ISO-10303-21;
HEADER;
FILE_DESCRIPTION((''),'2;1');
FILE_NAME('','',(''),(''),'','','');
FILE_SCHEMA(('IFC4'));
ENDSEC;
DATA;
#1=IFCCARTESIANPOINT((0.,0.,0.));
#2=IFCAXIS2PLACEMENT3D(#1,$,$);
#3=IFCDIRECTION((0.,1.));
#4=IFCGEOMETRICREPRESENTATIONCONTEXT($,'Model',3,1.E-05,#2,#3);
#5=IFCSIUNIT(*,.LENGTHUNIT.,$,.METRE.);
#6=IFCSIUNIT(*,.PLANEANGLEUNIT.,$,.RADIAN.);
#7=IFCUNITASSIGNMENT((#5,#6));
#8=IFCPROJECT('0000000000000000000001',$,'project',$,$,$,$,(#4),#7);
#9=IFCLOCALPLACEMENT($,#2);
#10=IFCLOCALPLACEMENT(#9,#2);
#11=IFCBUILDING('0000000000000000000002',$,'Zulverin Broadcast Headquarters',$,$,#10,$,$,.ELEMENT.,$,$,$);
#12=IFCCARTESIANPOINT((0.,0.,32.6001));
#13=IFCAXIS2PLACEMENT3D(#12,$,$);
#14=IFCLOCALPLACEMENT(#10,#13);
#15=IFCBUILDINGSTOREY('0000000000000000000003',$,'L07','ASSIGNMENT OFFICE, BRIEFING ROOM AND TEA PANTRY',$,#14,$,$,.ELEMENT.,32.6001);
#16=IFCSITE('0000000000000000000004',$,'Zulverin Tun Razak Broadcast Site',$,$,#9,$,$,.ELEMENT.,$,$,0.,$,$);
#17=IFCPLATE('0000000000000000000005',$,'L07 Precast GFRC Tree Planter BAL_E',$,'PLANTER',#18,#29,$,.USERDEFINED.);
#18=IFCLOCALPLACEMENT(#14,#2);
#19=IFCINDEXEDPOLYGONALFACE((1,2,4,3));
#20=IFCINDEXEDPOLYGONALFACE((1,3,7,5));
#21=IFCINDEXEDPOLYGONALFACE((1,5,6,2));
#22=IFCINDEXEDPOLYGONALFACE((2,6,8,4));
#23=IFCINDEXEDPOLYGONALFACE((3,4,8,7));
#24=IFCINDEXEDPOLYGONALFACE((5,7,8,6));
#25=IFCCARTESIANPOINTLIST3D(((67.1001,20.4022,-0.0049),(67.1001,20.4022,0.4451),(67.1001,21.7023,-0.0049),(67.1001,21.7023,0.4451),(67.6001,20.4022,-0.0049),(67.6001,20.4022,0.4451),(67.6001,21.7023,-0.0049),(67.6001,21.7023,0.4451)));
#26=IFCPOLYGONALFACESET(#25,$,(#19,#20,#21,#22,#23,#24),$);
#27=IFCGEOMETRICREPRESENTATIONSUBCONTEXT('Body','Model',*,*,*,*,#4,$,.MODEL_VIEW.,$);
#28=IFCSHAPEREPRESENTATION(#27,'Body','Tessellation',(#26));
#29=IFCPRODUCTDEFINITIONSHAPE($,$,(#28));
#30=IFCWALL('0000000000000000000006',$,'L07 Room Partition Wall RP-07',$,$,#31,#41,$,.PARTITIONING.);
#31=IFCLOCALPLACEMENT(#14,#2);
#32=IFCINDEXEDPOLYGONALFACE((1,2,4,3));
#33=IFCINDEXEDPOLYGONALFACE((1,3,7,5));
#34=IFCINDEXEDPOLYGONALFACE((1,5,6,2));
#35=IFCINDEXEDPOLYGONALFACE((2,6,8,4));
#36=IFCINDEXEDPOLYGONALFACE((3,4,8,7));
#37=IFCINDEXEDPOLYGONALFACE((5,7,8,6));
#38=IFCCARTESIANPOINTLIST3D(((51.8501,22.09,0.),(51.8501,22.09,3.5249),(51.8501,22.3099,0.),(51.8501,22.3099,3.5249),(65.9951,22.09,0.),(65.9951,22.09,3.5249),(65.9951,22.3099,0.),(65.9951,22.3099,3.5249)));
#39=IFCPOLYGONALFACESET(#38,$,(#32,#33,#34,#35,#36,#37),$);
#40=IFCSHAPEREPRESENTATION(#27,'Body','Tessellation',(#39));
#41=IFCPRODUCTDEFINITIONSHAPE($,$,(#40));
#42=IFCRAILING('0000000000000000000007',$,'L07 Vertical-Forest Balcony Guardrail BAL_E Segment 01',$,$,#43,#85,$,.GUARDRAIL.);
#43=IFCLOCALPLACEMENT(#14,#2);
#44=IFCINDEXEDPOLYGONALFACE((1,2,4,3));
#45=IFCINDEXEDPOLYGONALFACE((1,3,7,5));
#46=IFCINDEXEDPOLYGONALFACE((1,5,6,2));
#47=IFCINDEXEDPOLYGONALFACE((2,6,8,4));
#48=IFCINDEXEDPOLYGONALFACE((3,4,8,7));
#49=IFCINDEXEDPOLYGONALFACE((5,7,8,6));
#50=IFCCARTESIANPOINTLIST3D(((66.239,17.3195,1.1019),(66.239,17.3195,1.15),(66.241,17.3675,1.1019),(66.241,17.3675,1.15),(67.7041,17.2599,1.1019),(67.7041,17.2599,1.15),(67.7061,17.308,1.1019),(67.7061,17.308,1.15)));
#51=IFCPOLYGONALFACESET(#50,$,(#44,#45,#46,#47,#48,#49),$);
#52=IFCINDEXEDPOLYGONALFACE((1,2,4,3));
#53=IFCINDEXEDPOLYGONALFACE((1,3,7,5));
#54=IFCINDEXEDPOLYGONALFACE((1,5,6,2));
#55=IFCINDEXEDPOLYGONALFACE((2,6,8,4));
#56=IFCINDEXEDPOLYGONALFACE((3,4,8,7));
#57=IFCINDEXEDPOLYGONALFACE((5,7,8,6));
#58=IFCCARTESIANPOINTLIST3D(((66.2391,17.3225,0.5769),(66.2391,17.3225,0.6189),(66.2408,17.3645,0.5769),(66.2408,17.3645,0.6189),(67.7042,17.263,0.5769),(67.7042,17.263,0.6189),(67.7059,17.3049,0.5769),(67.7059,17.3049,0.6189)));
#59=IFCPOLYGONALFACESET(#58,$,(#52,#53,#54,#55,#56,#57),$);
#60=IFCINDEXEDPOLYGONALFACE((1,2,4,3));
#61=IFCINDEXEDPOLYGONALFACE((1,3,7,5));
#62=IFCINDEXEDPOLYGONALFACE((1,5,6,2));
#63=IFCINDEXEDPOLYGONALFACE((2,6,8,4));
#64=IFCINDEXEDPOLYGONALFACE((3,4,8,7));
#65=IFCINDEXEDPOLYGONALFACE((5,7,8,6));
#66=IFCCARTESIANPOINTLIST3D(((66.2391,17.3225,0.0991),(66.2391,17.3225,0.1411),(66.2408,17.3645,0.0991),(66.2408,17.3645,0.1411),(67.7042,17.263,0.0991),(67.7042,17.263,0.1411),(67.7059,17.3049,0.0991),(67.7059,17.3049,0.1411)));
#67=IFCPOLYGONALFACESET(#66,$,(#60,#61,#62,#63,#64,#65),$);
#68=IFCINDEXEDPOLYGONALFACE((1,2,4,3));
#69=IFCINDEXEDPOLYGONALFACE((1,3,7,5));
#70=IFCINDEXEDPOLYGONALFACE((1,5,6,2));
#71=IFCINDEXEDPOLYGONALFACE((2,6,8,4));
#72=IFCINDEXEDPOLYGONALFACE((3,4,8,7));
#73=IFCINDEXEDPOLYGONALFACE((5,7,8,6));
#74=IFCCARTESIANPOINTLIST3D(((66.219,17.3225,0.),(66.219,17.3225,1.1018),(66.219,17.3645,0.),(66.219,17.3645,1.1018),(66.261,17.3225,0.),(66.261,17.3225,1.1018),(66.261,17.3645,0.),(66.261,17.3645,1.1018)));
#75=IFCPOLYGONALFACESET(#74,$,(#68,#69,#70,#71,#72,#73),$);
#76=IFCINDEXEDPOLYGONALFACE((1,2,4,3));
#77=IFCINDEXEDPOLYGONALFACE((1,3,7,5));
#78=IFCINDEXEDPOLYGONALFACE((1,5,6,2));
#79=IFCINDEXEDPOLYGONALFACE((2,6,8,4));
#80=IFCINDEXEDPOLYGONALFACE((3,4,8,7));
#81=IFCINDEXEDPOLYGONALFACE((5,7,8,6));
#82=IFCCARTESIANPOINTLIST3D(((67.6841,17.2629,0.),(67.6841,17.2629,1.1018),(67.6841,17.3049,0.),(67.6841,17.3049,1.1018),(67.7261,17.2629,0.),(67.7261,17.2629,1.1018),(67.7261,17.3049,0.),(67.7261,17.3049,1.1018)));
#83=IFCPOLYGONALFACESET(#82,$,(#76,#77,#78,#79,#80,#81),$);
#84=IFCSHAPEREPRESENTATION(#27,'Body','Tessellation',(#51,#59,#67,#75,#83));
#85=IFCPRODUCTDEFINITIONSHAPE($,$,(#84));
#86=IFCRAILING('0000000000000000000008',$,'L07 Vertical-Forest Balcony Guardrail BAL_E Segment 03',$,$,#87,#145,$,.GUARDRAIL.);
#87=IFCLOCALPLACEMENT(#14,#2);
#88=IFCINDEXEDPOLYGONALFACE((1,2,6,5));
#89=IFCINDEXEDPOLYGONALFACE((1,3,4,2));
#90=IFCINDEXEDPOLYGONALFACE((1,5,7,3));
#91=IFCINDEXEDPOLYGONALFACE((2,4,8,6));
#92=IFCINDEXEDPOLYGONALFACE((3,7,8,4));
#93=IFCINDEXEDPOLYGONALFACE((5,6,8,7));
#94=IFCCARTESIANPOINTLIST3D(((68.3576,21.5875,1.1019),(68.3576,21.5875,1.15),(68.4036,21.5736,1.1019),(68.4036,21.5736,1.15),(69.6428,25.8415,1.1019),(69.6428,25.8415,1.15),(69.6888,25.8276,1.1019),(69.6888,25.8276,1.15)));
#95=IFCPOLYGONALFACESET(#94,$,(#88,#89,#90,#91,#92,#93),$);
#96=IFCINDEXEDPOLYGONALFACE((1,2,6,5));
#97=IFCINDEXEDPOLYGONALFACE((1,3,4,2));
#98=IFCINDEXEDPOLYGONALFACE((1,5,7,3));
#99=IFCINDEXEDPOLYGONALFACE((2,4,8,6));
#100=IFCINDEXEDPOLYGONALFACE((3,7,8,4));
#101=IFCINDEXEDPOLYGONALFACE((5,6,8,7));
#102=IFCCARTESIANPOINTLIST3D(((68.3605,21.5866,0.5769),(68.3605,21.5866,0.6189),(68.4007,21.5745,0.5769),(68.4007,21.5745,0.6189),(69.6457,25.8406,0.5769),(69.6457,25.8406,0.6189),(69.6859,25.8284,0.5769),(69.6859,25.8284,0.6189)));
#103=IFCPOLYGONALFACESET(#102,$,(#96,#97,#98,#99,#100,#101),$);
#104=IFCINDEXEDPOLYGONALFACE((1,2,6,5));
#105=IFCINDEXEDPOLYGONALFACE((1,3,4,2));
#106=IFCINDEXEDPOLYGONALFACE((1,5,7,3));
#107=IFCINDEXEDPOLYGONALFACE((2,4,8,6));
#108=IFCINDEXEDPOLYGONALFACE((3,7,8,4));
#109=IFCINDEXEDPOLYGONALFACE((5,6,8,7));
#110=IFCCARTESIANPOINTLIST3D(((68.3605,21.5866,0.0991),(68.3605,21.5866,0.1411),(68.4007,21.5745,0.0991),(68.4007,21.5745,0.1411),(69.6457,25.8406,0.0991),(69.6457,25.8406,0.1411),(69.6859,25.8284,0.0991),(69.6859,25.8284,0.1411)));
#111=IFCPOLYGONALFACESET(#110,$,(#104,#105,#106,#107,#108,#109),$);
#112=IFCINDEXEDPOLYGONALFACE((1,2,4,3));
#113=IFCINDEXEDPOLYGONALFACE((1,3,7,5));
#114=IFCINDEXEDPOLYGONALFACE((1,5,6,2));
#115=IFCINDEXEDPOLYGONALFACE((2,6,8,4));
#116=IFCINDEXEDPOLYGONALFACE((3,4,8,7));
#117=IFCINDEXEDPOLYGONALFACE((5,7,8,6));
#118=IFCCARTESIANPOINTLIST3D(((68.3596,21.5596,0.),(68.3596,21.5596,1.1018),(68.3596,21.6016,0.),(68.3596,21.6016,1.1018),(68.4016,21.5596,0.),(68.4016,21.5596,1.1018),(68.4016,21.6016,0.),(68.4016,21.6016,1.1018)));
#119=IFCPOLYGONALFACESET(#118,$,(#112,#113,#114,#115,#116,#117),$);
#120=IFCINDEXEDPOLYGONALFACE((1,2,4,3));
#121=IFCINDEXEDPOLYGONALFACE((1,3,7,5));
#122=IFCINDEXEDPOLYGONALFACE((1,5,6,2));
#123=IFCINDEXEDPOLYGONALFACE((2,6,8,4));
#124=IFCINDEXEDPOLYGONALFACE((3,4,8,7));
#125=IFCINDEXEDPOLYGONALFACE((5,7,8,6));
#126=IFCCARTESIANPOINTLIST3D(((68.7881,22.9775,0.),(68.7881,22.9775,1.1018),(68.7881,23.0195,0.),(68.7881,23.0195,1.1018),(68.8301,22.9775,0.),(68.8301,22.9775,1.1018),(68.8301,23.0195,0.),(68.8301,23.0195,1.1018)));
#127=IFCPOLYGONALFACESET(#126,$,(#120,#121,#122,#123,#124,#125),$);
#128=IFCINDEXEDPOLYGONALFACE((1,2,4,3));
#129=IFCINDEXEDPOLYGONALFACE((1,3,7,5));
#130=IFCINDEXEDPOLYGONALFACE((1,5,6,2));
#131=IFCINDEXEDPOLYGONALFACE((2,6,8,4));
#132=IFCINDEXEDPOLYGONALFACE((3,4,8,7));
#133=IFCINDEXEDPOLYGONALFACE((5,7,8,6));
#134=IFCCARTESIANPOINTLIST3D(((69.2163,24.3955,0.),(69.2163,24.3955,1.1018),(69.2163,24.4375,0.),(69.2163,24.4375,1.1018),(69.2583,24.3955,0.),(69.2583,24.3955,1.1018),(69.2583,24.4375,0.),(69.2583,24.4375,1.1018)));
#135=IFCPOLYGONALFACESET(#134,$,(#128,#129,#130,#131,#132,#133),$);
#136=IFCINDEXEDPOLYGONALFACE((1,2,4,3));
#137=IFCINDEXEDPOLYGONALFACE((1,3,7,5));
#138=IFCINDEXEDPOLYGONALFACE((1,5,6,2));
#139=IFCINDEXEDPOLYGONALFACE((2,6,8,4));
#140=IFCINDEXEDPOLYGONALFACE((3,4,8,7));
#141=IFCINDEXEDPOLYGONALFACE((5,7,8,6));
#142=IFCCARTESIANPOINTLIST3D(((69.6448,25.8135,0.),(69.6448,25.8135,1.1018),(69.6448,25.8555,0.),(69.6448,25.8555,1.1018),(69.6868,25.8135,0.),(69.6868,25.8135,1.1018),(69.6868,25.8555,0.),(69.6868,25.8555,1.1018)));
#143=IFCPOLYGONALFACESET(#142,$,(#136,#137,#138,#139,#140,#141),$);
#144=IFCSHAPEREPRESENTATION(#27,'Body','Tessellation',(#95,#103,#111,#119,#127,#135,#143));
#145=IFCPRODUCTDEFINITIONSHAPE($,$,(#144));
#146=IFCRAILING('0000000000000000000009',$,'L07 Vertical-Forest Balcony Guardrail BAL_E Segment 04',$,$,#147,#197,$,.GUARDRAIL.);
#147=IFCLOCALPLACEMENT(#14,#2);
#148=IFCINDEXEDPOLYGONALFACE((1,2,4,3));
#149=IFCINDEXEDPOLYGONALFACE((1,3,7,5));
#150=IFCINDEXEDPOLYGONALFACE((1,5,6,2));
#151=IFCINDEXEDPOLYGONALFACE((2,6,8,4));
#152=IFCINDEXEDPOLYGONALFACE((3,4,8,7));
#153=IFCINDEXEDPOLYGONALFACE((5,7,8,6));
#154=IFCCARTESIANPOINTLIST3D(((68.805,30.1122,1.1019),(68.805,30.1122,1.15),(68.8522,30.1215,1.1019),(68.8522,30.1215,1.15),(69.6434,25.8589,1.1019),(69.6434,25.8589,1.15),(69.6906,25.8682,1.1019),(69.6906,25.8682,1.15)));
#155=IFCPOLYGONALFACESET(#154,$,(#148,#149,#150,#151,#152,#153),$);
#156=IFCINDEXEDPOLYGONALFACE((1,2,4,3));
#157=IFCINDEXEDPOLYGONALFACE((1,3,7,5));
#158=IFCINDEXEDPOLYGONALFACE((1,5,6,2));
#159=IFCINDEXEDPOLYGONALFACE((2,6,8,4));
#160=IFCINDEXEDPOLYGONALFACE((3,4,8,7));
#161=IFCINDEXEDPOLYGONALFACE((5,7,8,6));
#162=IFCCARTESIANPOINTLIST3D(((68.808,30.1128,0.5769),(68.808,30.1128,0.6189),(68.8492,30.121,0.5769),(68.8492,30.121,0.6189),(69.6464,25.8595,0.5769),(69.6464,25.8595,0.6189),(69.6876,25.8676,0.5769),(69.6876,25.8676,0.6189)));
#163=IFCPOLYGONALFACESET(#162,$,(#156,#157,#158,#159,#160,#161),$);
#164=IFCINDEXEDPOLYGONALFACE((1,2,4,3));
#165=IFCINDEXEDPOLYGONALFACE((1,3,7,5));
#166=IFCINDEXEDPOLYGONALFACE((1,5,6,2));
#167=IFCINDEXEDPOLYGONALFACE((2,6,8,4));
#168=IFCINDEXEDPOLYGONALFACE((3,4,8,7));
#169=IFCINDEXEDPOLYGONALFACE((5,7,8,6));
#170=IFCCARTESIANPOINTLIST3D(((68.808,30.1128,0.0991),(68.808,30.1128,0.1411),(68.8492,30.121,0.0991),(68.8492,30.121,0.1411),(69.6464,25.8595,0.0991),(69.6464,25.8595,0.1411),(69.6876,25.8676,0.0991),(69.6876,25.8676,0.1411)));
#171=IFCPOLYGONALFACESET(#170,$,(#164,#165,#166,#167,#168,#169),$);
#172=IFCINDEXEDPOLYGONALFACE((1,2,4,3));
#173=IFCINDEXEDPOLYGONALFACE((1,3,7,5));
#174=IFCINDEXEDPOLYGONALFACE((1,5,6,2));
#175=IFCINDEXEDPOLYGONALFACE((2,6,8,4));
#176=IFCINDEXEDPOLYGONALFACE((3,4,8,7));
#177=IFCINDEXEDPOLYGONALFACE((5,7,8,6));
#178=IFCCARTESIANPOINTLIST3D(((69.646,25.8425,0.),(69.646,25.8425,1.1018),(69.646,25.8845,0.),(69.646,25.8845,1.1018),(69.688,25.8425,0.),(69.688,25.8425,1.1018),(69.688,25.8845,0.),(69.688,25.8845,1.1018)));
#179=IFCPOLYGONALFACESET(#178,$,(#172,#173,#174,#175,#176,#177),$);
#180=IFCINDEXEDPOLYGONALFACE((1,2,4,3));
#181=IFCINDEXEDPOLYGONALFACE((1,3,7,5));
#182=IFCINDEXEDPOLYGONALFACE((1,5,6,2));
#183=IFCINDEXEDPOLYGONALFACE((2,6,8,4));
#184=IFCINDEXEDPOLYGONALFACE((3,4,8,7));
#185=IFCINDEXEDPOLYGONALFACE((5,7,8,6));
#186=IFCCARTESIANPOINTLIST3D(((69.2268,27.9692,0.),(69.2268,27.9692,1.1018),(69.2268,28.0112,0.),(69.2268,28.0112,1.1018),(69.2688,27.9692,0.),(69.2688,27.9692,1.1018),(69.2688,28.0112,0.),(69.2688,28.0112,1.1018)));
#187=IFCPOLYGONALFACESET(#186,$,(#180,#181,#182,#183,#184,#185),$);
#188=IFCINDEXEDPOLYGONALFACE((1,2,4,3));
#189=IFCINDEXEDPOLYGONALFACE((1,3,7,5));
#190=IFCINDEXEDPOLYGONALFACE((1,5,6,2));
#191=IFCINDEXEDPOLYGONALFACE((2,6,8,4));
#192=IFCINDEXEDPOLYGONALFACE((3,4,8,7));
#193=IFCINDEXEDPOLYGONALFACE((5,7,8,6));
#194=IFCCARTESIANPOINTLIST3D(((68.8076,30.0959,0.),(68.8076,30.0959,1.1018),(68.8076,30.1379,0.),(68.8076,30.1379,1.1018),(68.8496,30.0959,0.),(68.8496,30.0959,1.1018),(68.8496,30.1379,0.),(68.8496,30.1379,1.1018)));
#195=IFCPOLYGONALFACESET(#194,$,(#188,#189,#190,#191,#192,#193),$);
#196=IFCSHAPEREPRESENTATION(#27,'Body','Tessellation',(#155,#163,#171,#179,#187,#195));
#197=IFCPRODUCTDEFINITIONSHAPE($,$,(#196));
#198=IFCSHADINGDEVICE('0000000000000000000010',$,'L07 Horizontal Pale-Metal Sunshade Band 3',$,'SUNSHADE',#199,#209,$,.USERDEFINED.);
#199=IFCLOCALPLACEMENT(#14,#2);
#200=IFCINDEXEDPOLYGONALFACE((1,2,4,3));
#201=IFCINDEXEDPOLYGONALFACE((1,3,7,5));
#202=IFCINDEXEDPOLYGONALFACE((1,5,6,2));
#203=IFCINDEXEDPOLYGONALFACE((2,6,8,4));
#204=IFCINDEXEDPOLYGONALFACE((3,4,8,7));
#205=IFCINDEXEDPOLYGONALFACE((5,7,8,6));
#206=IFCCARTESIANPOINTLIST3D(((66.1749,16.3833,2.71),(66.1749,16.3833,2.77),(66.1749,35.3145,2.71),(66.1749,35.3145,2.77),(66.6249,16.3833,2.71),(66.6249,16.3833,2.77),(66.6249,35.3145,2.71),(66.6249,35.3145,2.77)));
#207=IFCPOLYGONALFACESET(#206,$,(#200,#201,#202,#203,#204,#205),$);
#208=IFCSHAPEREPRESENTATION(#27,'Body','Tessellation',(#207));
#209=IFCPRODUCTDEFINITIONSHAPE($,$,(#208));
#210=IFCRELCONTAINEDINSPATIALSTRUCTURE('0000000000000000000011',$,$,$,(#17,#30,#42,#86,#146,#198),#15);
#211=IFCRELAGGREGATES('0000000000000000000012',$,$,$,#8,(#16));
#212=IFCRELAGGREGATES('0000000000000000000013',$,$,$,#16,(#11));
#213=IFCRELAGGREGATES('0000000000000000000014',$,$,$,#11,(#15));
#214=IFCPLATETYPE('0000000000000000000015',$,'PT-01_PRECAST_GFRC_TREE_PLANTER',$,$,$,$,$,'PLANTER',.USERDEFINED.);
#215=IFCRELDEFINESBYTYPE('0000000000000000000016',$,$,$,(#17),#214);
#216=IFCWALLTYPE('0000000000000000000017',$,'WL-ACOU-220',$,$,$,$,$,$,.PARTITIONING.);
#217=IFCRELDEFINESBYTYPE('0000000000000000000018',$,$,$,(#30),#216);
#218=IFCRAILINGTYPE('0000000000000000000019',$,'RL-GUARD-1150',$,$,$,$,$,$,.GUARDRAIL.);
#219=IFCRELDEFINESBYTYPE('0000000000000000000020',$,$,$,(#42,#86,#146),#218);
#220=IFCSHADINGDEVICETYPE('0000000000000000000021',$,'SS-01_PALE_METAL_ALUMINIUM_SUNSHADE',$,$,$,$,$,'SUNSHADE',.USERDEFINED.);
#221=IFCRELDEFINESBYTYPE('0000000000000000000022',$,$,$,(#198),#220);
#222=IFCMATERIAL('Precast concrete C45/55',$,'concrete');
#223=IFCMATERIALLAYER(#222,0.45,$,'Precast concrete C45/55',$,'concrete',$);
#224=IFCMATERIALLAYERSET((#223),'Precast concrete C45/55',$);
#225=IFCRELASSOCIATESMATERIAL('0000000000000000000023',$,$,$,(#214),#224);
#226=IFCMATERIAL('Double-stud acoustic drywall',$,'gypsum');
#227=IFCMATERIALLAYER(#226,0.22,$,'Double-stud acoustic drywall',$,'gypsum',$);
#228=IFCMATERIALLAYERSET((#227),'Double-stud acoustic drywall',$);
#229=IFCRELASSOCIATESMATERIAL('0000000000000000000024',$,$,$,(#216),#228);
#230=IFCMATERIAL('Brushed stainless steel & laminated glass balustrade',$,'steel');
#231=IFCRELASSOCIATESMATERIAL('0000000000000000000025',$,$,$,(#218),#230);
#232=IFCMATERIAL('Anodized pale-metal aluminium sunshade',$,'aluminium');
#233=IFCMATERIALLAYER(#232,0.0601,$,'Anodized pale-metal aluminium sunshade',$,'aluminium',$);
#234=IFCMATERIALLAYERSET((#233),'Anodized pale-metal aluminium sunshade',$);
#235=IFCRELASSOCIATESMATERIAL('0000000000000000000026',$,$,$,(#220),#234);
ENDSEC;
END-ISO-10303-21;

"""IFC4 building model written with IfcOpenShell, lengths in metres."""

from ifc_helpers import new_model, si_unit, direction, frame, frame_2d, origin, origin_2d, place, context, subcontext, project, spatial, rectangle, extrude, material, layer, layer_set, type_object, element, save


model = new_model("IFC4")

# Units and contexts
model_context = context("Model", 3, precision=1e-05, world=origin(), true_north=direction((0.0, 1.0)))
body_context = subcontext(model_context, "Body", "Model", "MODEL_VIEW")
ifc_project = project(units=[si_unit("LENGTHUNIT", "METRE"), si_unit("PLANEANGLEUNIT", "RADIAN")], contexts=[model_context])

# Site, building, storey
site_placement = place(None, origin())
site = spatial("IfcSite", under=ifc_project, at=site_placement, Name="Zulverin Tun Razak Broadcast Site", CompositionType="ELEMENT", RefElevation=0.0)
building_placement = place(site_placement, origin())
building = spatial("IfcBuilding", under=site, at=building_placement, Name="Zulverin Broadcast Headquarters", CompositionType="ELEMENT")
storey_placement = place(building_placement, frame((0.0, 0.0, 32.6001)))
storey = spatial("IfcBuildingStorey", under=building, at=storey_placement, Name="L07", Description="ASSIGNMENT OFFICE, BRIEFING ROOM AND TEA PANTRY", CompositionType="ELEMENT", Elevation=32.6001)

# Plate
ifc_material_1 = material(Name="Precast concrete C45/55", Category="concrete")
ifc_layer_1 = layer(ifc_material_1, 0.45, Name="Precast concrete C45/55", Category="concrete")
ifc_layer_set_1 = layer_set([ifc_layer_1], Name="Precast concrete C45/55")
plate_type = type_object("IfcPlateType", Name="PT-01_PRECAST_GFRC_TREE_PLANTER", ElementType="PLANTER", PredefinedType="USERDEFINED", material=ifc_layer_set_1)
plate_placement = place(storey_placement, frame((67.3501, 21.0522, -0.0049), z_axis=(0.0, 0.0, 1.0), x_axis=(0.0, 1.0, 0.0)))
element("IfcPlate", 1, at=plate_placement, inside=storey, type_object=plate_type, Name="L07 Precast GFRC Tree Planter BAL_E", ObjectType="PLANTER", PredefinedType="USERDEFINED", context=body_context, shape_type="SweptSolid", body=[
    extrude(rectangle(XDim=1.3, YDim=0.5, at=origin_2d()), origin(), (0.0, 0.0, 1.0), 0.45),
])

# Wall
ifc_material_2 = material(Name="Double-stud acoustic drywall", Category="gypsum")
ifc_layer_2 = layer(ifc_material_2, 0.22, Name="Double-stud acoustic drywall", Category="gypsum")
ifc_layer_set_2 = layer_set([ifc_layer_2], Name="Double-stud acoustic drywall")
wall_type_1 = type_object("IfcWallType", Name="WL-ACOU-220", PredefinedType="PARTITIONING", material=ifc_layer_set_2)
wall_1_placement = place(storey_placement, frame((51.8501, 22.2, 0.0), z_axis=(0.0, 0.0, 1.0), x_axis=(1.0, 0.0, 0.0)))
element("IfcWall", 2, at=wall_1_placement, inside=storey, type_object=wall_type_1, Name="L07 Room Partition Wall RP-07", PredefinedType="PARTITIONING", context=body_context, shape_type="SweptSolid", body=[
    extrude(rectangle(XDim=14.145, YDim=0.22, at=frame_2d((7.0725, 0.0))), origin(), (0.0, 0.0, 1.0), 3.5249),
])

# Railings
ifc_material_3 = material(Name="Brushed stainless steel & laminated glass balustrade", Category="steel")
railing_type = type_object("IfcRailingType", Name="RL-GUARD-1150", PredefinedType="GUARDRAIL", material=ifc_material_3)
railing_1_placement = place(storey_placement, frame((66.24, 17.3435, 0.0)))
element("IfcRailing", 3, at=railing_1_placement, inside=storey, type_object=railing_type, Name="L07 Vertical-Forest Balcony Guardrail BAL_E Segment 01", PredefinedType="GUARDRAIL", context=body_context, shape_type="SweptSolid", body=[
    extrude(rectangle(XDim=0.0481, YDim=0.0481, at=origin_2d()), frame((0.0, 0.0, 1.126), z_axis=(0.999174, -0.040626, 0.0), x_axis=(0.040626, 0.999174, 0.0)), (0.0, 0.0, 1.0), 1.4663),
    extrude(rectangle(XDim=0.042, YDim=0.042, at=origin_2d()), frame((0.0, 0.0, 0.5979), z_axis=(0.999174, -0.040626, 0.0), x_axis=(0.040626, 0.999174, 0.0)), (0.0, 0.0, 1.0), 1.4663),
    extrude(rectangle(XDim=0.042, YDim=0.042, at=origin_2d()), frame((0.0, 0.0, 0.1201), z_axis=(0.999174, -0.040626, 0.0), x_axis=(0.040626, 0.999174, 0.0)), (0.0, 0.0, 1.0), 1.4663),
    extrude(rectangle(XDim=0.042, YDim=0.042, at=origin_2d()), origin(), (0.0, 0.0, 1.0), 1.1018),
    extrude(rectangle(XDim=0.042, YDim=0.042, at=origin_2d()), frame((1.4651, -0.0596, 0.0)), (0.0, 0.0, 1.0), 1.1018),
])
railing_2_placement = place(storey_placement, frame((68.3806, 21.5806, 0.0)))
element("IfcRailing", 4, at=railing_2_placement, inside=storey, type_object=railing_type, Name="L07 Vertical-Forest Balcony Guardrail BAL_E Segment 03", PredefinedType="GUARDRAIL", context=body_context, shape_type="SweptSolid", body=[
    extrude(rectangle(XDim=0.0481, YDim=0.0481, at=origin_2d()), frame((0.0, 0.0, 1.126), z_axis=(0.289202, 0.957268, 0.0), x_axis=(-0.957268, 0.289202, 0.0)), (0.0, 0.0, 1.0), 4.4438),
    extrude(rectangle(XDim=0.042, YDim=0.042, at=origin_2d()), frame((0.0, 0.0, 0.5979), z_axis=(0.289202, 0.957268, 0.0), x_axis=(-0.957268, 0.289202, 0.0)), (0.0, 0.0, 1.0), 4.4438),
    extrude(rectangle(XDim=0.042, YDim=0.042, at=origin_2d()), frame((0.0, 0.0, 0.1201), z_axis=(0.289202, 0.957268, 0.0), x_axis=(-0.957268, 0.289202, 0.0)), (0.0, 0.0, 1.0), 4.4438),
    extrude(rectangle(XDim=0.042, YDim=0.042, at=origin_2d()), origin(), (0.0, 0.0, 1.0), 1.1018),
    extrude(rectangle(XDim=0.042, YDim=0.042, at=origin_2d()), frame((0.4285, 1.418, 0.0)), (0.0, 0.0, 1.0), 1.1018),
    extrude(rectangle(XDim=0.042, YDim=0.042, at=origin_2d()), frame((0.8567, 2.8359, 0.0)), (0.0, 0.0, 1.0), 1.1018),
    extrude(rectangle(XDim=0.042, YDim=0.042, at=origin_2d()), frame((1.2852, 4.2539, 0.0)), (0.0, 0.0, 1.0), 1.1018),
])
railing_3_placement = place(storey_placement, frame((69.667, 25.8635, 0.0)))
element("IfcRailing", 5, at=railing_3_placement, inside=storey, type_object=railing_type, Name="L07 Vertical-Forest Balcony Guardrail BAL_E Segment 04", PredefinedType="GUARDRAIL", context=body_context, shape_type="SweptSolid", body=[
    extrude(rectangle(XDim=0.0481, YDim=0.0481, at=origin_2d()), frame((0.0, 0.0, 1.126), z_axis=(-0.193386, 0.981123, 0.0), x_axis=(-0.981123, -0.193386, 0.0)), (0.0, 0.0, 1.0), 4.3352),
    extrude(rectangle(XDim=0.042, YDim=0.042, at=origin_2d()), frame((0.0, 0.0, 0.5979), z_axis=(-0.193386, 0.981123, 0.0), x_axis=(-0.981123, -0.193386, 0.0)), (0.0, 0.0, 1.0), 4.3352),
    extrude(rectangle(XDim=0.042, YDim=0.042, at=origin_2d()), frame((0.0, 0.0, 0.1201), z_axis=(-0.193386, 0.981123, 0.0), x_axis=(-0.981123, -0.193386, 0.0)), (0.0, 0.0, 1.0), 4.3352),
    extrude(rectangle(XDim=0.042, YDim=0.042, at=origin_2d()), origin(), (0.0, 0.0, 1.0), 1.1018),
    extrude(rectangle(XDim=0.042, YDim=0.042, at=origin_2d()), frame((-0.4192, 2.1267, 0.0)), (0.0, 0.0, 1.0), 1.1018),
    extrude(rectangle(XDim=0.042, YDim=0.042, at=origin_2d()), frame((-0.8384, 4.2534, 0.0)), (0.0, 0.0, 1.0), 1.1018),
])

# Shading device
ifc_material_4 = material(Name="Anodized pale-metal aluminium sunshade", Category="aluminium")
ifc_layer_3 = layer(ifc_material_4, 0.0601, Name="Anodized pale-metal aluminium sunshade", Category="aluminium")
ifc_layer_set_3 = layer_set([ifc_layer_3], Name="Anodized pale-metal aluminium sunshade")
shading_device_type = type_object("IfcShadingDeviceType", Name="SS-01_PALE_METAL_ALUMINIUM_SUNSHADE", ElementType="SUNSHADE", PredefinedType="USERDEFINED", material=ifc_layer_set_3)
shading_device_placement = place(storey_placement, frame((66.3999, 25.8489, 2.71), z_axis=(0.0, 0.0, 1.0), x_axis=(0.0, 1.0, 0.0)))
element("IfcShadingDevice", 6, at=shading_device_placement, inside=storey, type_object=shading_device_type, Name="L07 Horizontal Pale-Metal Sunshade Band 3", ObjectType="SUNSHADE", PredefinedType="USERDEFINED", context=body_context, shape_type="SweptSolid", body=[
    extrude(rectangle(XDim=18.9312, YDim=0.45, at=origin_2d()), origin(), (0.0, 0.0, 1.0), 0.0601),
])

save(model, "model.ifc")
